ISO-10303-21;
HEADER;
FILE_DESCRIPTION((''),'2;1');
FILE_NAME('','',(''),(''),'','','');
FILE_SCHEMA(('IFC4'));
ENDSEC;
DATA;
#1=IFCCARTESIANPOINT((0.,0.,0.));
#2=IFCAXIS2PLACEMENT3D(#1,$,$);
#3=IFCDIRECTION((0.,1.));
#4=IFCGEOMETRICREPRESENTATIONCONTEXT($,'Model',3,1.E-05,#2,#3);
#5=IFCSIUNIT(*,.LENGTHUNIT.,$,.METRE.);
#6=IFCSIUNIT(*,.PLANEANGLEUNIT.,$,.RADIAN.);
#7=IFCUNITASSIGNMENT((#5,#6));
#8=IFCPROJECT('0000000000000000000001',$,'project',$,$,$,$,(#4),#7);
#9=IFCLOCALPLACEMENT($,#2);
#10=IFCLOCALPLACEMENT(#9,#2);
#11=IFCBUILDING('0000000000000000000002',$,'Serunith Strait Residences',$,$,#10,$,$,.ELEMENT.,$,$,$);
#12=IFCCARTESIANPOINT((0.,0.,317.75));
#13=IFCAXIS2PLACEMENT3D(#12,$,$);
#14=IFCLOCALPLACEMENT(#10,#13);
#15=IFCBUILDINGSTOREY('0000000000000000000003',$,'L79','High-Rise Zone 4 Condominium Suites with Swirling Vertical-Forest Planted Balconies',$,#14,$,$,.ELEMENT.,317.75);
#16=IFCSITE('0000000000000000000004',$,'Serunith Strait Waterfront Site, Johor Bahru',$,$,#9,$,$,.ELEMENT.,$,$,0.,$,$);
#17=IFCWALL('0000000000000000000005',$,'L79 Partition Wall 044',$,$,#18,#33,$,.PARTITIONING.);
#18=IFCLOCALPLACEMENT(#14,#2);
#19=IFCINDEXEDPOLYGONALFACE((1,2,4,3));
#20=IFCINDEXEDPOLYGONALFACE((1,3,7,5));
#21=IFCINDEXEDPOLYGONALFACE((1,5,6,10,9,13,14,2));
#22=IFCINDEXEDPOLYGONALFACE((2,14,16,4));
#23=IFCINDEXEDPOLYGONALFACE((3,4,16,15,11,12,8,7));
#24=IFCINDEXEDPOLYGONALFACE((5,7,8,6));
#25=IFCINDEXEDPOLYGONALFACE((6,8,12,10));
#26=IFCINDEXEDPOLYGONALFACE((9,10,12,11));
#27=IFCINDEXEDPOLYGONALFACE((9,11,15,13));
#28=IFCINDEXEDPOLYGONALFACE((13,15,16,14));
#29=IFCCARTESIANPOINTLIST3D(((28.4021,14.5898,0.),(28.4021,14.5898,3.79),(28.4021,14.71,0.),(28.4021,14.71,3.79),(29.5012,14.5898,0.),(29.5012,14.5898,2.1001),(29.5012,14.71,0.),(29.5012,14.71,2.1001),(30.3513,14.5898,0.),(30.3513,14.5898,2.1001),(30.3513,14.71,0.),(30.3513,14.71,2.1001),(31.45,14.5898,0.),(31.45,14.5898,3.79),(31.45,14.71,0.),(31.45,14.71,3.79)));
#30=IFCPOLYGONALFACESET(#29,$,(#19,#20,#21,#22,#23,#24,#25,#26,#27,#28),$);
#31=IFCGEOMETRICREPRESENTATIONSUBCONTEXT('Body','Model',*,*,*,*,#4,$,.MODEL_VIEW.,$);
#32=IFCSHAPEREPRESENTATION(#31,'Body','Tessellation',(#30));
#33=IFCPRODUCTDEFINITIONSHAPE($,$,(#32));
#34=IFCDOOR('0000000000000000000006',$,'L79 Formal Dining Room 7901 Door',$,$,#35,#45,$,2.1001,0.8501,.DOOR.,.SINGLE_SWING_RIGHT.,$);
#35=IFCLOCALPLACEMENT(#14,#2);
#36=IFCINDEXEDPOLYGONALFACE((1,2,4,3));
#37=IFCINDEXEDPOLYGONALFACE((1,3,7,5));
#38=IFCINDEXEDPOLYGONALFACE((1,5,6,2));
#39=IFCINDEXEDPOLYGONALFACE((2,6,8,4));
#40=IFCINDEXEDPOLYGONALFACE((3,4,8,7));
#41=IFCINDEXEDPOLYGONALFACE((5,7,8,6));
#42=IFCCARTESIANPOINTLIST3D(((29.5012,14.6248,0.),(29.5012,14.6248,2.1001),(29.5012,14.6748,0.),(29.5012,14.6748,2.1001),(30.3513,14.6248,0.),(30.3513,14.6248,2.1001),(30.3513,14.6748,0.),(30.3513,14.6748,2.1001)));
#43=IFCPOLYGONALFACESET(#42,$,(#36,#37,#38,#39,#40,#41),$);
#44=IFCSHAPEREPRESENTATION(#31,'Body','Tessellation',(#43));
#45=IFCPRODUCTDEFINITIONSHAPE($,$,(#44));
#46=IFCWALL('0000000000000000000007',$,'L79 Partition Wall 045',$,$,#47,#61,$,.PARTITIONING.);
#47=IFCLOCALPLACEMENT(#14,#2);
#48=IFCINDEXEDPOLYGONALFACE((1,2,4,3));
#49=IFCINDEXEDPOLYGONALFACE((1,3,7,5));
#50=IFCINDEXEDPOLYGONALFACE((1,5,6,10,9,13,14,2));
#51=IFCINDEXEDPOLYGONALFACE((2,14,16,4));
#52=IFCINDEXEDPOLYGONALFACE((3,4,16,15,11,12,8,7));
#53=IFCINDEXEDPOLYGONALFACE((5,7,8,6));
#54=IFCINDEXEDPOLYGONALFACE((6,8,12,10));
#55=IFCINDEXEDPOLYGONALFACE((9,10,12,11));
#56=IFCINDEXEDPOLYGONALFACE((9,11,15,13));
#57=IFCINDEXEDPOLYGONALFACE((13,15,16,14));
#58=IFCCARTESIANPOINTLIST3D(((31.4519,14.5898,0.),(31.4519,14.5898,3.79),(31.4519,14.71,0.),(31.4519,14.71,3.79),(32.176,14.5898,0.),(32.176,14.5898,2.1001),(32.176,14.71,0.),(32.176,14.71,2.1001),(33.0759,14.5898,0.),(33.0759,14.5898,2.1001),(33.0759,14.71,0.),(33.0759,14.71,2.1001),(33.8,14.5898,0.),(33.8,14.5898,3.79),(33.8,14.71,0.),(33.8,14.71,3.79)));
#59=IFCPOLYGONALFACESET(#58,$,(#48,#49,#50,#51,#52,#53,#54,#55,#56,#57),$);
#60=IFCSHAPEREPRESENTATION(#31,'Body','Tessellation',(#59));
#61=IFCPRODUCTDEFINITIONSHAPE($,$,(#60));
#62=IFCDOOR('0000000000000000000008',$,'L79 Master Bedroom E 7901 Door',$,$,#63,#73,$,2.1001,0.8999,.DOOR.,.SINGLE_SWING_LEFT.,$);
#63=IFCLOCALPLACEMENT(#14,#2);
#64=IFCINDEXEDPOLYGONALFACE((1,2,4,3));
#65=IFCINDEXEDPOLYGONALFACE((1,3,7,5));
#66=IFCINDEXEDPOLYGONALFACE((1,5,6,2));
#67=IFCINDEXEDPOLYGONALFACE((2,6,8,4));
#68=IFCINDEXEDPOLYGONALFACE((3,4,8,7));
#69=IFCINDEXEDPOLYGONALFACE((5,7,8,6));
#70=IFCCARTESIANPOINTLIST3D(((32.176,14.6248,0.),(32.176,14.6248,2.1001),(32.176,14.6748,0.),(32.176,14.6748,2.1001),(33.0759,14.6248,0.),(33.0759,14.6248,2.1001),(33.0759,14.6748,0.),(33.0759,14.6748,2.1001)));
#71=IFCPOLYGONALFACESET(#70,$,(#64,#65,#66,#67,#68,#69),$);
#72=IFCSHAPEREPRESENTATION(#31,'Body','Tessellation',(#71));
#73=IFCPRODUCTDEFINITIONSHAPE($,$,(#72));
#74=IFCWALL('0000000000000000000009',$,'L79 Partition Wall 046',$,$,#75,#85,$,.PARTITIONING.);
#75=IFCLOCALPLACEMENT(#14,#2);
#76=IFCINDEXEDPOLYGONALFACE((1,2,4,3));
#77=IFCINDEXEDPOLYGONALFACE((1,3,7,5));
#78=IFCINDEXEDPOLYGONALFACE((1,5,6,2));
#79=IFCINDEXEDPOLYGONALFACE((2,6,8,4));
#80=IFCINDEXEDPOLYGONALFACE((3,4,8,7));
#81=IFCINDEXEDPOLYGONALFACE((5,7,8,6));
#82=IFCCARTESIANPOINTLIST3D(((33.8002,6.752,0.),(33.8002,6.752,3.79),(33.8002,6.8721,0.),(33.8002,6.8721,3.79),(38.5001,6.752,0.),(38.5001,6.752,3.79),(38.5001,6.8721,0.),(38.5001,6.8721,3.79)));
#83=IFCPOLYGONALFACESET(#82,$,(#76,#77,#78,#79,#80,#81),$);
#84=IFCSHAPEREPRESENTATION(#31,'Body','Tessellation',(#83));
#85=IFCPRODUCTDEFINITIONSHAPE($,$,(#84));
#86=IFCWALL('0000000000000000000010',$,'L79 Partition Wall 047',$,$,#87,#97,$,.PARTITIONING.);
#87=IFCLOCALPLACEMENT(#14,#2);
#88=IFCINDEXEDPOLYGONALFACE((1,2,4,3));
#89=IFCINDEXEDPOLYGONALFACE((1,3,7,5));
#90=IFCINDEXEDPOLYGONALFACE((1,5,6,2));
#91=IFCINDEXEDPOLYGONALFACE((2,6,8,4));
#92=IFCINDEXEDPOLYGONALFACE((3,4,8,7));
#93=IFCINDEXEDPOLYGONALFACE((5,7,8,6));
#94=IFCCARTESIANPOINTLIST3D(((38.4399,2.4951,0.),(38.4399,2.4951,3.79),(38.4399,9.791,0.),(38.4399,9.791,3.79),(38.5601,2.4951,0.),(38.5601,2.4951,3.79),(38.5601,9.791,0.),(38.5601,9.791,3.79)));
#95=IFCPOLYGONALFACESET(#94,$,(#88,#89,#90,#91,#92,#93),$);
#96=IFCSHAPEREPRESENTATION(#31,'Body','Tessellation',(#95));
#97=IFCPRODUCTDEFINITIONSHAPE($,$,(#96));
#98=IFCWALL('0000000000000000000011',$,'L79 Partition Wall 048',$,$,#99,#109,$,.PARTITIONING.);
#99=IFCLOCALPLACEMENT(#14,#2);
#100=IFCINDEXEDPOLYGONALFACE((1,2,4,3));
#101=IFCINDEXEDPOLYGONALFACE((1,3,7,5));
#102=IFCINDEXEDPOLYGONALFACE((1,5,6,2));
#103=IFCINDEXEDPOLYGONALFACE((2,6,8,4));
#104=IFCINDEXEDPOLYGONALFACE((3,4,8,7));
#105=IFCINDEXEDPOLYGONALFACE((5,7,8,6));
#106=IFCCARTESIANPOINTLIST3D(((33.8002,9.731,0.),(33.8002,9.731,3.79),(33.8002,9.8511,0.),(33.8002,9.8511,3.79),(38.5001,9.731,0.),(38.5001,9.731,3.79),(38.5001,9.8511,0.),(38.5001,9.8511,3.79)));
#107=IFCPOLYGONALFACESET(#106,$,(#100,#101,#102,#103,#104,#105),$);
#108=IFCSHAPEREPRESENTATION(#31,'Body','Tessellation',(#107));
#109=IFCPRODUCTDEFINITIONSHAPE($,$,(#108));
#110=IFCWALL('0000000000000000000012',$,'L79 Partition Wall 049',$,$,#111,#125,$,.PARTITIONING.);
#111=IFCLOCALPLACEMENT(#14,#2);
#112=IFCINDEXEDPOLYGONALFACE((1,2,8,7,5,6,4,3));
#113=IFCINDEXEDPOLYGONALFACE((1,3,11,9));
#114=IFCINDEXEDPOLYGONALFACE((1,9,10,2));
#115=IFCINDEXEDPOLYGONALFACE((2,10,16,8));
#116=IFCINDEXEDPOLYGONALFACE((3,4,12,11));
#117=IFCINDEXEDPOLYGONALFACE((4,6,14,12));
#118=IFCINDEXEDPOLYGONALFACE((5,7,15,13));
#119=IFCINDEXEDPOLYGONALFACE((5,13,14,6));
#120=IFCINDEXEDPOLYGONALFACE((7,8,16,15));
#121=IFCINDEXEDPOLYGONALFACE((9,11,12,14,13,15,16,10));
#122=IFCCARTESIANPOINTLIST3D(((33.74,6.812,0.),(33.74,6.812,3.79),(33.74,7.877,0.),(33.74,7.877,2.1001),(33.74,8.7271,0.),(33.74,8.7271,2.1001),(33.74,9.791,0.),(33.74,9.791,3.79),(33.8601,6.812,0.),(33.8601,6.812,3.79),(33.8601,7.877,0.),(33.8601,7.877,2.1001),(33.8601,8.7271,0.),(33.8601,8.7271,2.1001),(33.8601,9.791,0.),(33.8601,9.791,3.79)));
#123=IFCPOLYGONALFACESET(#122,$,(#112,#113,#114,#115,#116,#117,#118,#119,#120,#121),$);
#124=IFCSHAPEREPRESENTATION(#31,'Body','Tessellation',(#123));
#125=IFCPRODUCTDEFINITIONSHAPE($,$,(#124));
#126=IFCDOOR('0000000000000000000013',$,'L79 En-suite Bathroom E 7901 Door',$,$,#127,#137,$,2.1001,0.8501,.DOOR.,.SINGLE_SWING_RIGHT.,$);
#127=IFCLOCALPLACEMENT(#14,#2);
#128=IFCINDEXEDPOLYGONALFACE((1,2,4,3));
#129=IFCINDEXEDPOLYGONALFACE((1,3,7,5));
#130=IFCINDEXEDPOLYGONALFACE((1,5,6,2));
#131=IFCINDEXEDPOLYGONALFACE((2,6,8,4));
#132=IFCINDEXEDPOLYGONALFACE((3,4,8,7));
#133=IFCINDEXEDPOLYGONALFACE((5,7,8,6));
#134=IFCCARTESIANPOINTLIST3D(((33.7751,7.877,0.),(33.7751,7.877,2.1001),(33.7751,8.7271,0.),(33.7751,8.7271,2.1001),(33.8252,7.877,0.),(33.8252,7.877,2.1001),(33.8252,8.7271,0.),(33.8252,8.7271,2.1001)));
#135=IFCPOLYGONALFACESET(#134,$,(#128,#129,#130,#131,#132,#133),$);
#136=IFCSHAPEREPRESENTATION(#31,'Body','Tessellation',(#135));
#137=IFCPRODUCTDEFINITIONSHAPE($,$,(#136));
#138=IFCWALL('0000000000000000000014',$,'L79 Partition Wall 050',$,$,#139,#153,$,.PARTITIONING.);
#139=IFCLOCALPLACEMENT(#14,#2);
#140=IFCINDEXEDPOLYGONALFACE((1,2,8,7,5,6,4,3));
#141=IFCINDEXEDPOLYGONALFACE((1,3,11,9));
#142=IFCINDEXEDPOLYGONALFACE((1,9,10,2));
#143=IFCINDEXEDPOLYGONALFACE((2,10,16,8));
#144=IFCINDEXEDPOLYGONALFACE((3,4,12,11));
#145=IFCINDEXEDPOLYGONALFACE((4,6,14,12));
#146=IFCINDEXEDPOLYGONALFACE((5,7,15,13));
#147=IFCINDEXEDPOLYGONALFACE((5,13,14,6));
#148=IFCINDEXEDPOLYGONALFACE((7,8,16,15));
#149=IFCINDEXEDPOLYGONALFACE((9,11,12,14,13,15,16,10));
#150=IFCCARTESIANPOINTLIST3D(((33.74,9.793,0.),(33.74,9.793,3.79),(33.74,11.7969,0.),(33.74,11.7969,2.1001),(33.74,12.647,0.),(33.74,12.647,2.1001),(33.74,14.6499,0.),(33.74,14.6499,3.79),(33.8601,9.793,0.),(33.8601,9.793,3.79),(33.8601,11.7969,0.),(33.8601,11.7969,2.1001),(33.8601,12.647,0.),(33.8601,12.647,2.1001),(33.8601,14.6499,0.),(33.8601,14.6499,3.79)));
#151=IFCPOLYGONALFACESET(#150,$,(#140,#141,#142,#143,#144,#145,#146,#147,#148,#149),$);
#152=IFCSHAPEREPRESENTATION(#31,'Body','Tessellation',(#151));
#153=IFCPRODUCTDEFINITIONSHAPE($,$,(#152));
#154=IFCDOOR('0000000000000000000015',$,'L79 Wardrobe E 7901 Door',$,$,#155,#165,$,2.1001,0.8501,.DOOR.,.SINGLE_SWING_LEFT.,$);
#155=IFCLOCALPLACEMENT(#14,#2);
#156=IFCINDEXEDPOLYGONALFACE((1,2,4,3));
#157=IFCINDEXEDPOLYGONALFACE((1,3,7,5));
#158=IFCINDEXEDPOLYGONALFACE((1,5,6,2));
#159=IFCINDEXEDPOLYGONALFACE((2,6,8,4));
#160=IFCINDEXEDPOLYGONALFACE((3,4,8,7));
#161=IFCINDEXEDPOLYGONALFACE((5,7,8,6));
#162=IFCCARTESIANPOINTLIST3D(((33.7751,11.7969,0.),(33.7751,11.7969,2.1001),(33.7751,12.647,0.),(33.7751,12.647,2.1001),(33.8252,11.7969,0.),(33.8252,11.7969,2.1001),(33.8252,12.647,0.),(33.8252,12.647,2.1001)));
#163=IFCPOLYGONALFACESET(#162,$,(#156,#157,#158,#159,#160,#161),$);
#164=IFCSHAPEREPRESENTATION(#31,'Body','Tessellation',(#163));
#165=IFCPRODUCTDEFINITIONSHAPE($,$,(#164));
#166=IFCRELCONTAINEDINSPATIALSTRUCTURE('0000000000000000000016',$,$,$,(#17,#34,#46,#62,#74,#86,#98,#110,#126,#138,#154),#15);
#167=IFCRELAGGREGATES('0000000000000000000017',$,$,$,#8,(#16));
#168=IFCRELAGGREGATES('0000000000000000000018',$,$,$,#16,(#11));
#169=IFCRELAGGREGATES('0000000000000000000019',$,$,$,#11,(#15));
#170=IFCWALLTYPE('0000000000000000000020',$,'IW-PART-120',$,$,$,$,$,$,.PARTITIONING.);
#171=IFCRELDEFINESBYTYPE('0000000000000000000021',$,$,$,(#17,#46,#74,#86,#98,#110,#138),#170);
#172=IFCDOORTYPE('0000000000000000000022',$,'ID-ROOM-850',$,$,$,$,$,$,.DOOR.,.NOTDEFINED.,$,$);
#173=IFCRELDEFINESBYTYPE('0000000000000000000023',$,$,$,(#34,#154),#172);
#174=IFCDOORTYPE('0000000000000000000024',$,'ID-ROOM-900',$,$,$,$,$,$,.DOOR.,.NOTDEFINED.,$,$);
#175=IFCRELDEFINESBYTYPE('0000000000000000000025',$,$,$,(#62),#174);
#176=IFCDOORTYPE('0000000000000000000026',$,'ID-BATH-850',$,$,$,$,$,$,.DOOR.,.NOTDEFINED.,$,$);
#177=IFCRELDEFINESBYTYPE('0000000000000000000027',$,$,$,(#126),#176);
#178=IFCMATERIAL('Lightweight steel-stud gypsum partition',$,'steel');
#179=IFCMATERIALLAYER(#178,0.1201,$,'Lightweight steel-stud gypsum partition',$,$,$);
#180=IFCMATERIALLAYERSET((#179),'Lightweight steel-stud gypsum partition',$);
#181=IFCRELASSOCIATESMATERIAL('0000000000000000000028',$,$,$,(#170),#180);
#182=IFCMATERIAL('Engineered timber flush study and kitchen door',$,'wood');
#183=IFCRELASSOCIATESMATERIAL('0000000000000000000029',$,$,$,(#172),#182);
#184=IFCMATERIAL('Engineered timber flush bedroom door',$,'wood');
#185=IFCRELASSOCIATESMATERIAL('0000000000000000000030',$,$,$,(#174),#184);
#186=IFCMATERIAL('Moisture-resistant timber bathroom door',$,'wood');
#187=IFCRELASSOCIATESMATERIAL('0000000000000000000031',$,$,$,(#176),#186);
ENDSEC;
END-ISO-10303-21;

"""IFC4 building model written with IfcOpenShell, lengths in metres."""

from ifc_helpers import new_model, si_unit, direction, frame, frame_2d, origin, place, context, subcontext, project, spatial, rectangle, extrude, source, transform, mapped, material, layer, layer_set, type_object, element, fill, save


model = new_model("IFC4")

# Units and contexts
model_context = context("Model", 3, precision=1e-05, world=origin(), true_north=direction((0.0, 1.0)))
body_context = subcontext(model_context, "Body", "Model", "MODEL_VIEW")
ifc_project = project(units=[si_unit("LENGTHUNIT", "METRE"), si_unit("PLANEANGLEUNIT", "RADIAN")], contexts=[model_context])

# Site, building, storey
site_placement = place(None, origin())
site = spatial("IfcSite", under=ifc_project, at=site_placement, Name="Serunith Strait Waterfront Site, Johor Bahru", CompositionType="ELEMENT", RefElevation=0.0)
building_placement = place(site_placement, origin())
building = spatial("IfcBuilding", under=site, at=building_placement, Name="Serunith Strait Residences", CompositionType="ELEMENT")
storey_placement = place(building_placement, frame((0.0, 0.0, 317.75)))
storey = spatial("IfcBuildingStorey", under=building, at=storey_placement, Name="L79", Description="High-Rise Zone 4 Condominium Suites with Swirling Vertical-Forest Planted Balconies", CompositionType="ELEMENT", Elevation=317.75)

# Shared definitions
ifc_material_1 = material(Name="Lightweight steel-stud gypsum partition", Category="steel")
ifc_layer_1 = layer(ifc_material_1, 0.1201, Name="Lightweight steel-stud gypsum partition")
ifc_layer_set_1 = layer_set([ifc_layer_1], Name="Lightweight steel-stud gypsum partition")
wall_type = type_object("IfcWallType", Name="IW-PART-120", PredefinedType="PARTITIONING", material=ifc_layer_set_1)

# Walls, openings, doors
wall_1_placement = place(storey_placement, frame((28.4021, 14.6499, 0.0), z_axis=(0.0, 0.0, 1.0), x_axis=(1.0, 0.0, 0.0)))
wall_1 = element("IfcWall", 1, at=wall_1_placement, inside=storey, type_object=wall_type, Name="L79 Partition Wall 044", PredefinedType="PARTITIONING", context=body_context, shape_type="SweptSolid", body=[
    extrude(rectangle(XDim=3.0479, YDim=0.1201, at=frame_2d((1.5239, 0.0))), origin(), (0.0, 0.0, 1.0), 3.79),
])
opening_1_placement = place(wall_1_placement, frame((1.0991, 0.0, 0.0)))
opening_1 = element("IfcOpeningElement", 2, at=opening_1_placement, cuts=wall_1, PredefinedType="OPENING", context=body_context, shape_type="SweptSolid", body=[
    extrude(rectangle(XDim=0.8501, YDim=2.1001, at=frame_2d((0.425, 1.05))), frame((0.0, 0.0701, 0.0), z_axis=(0.0, -1.0, 0.0), x_axis=(1.0, 0.0, 0.0)), (0.0, 0.0, 1.0), 0.1401),
])
ifc_material_2 = material(Name="Engineered timber flush study and kitchen door", Category="wood")
door_type_1 = type_object("IfcDoorType", Name="ID-ROOM-850", OperationType="NOTDEFINED", PredefinedType="DOOR", material=ifc_material_2)
shared_shape_1 = source(origin(), body_context, "Body", "SweptSolid", [
    extrude(rectangle(XDim=0.8501, YDim=2.1001, at=frame_2d((0.425, 1.05))), frame((0.0, 0.0249, 0.0), z_axis=(0.0, -1.0, 0.0), x_axis=(1.0, 0.0, 0.0)), (0.0, 0.0, 1.0), 0.05),
])
door_1_placement = place(opening_1_placement, origin())
door_1 = element("IfcDoor", 3, at=door_1_placement, inside=storey, type_object=door_type_1, Name="L79 Formal Dining Room 7901 Door", OperationType="SINGLE_SWING_RIGHT", OverallHeight=2.1001, OverallWidth=0.8501, PredefinedType="DOOR", context=body_context, shape_type="MappedRepresentation", body=[
    mapped(shared_shape_1, transform((0.0, 0.0, 0.0), scale=1.0)),
])
fill(opening_1, door_1)
wall_2_placement = place(storey_placement, frame((31.4519, 14.6499, 0.0), z_axis=(0.0, 0.0, 1.0), x_axis=(1.0, 0.0, 0.0)))
wall_2 = element("IfcWall", 4, at=wall_2_placement, inside=storey, type_object=wall_type, Name="L79 Partition Wall 045", PredefinedType="PARTITIONING", context=body_context, shape_type="SweptSolid", body=[
    extrude(rectangle(XDim=2.3481, YDim=0.1201, at=frame_2d((1.1741, 0.0))), origin(), (0.0, 0.0, 1.0), 3.79),
])
opening_2_placement = place(wall_2_placement, frame((0.7241, 0.0, 0.0)))
opening_2 = element("IfcOpeningElement", 5, at=opening_2_placement, cuts=wall_2, PredefinedType="OPENING", context=body_context, shape_type="SweptSolid", body=[
    extrude(rectangle(XDim=0.8999, YDim=2.1001, at=frame_2d((0.45, 1.05))), frame((0.0, 0.0701, 0.0), z_axis=(0.0, -1.0, 0.0), x_axis=(1.0, 0.0, 0.0)), (0.0, 0.0, 1.0), 0.1401),
])
ifc_material_3 = material(Name="Engineered timber flush bedroom door", Category="wood")
door_type_2 = type_object("IfcDoorType", Name="ID-ROOM-900", OperationType="NOTDEFINED", PredefinedType="DOOR", material=ifc_material_3)
shared_shape_2 = source(origin(), body_context, "Body", "SweptSolid", [
    extrude(rectangle(XDim=0.8999, YDim=2.1001, at=frame_2d((0.45, 1.05))), frame((0.0, 0.0249, 0.0), z_axis=(0.0, -1.0, 0.0), x_axis=(1.0, 0.0, 0.0)), (0.0, 0.0, 1.0), 0.05),
])
door_2_placement = place(opening_2_placement, origin())
door_2 = element("IfcDoor", 6, at=door_2_placement, inside=storey, type_object=door_type_2, Name="L79 Master Bedroom E 7901 Door", OperationType="SINGLE_SWING_LEFT", OverallHeight=2.1001, OverallWidth=0.8999, PredefinedType="DOOR", context=body_context, shape_type="MappedRepresentation", body=[
    mapped(shared_shape_2, transform((0.0, 0.0, 0.0), scale=1.0)),
])
fill(opening_2, door_2)

# Walls
wall_3_placement = place(storey_placement, frame((33.8, 6.812, 0.0), z_axis=(0.0, 0.0, 1.0), x_axis=(1.0, 0.0, 0.0)))
element("IfcWall", 7, at=wall_3_placement, inside=storey, type_object=wall_type, Name="L79 Partition Wall 046", PredefinedType="PARTITIONING", context=body_context, shape_type="SweptSolid", body=[
    extrude(rectangle(XDim=4.7, YDim=0.1201, at=frame_2d((2.3501, 0.0))), origin(), (0.0, 0.0, 1.0), 3.79),
])
wall_4_placement = place(storey_placement, frame((38.5, 2.4951, 0.0), z_axis=(0.0, 0.0, 1.0), x_axis=(0.0, 1.0, 0.0)))
element("IfcWall", 8, at=wall_4_placement, inside=storey, type_object=wall_type, Name="L79 Partition Wall 047", PredefinedType="PARTITIONING", context=body_context, shape_type="SweptSolid", body=[
    extrude(rectangle(XDim=7.2959, YDim=0.1201, at=frame_2d((3.6479, 0.0))), origin(), (0.0, 0.0, 1.0), 3.79),
])
wall_5_placement = place(storey_placement, frame((33.8, 9.791, 0.0), z_axis=(0.0, 0.0, 1.0), x_axis=(1.0, 0.0, 0.0)))
element("IfcWall", 9, at=wall_5_placement, inside=storey, type_object=wall_type, Name="L79 Partition Wall 048", PredefinedType="PARTITIONING", context=body_context, shape_type="SweptSolid", body=[
    extrude(rectangle(XDim=4.7, YDim=0.1201, at=frame_2d((2.3501, 0.0))), origin(), (0.0, 0.0, 1.0), 3.79),
])

# Walls, openings, doors
wall_6_placement = place(storey_placement, frame((33.8, 6.812, 0.0), z_axis=(0.0, 0.0, 1.0), x_axis=(0.0, 1.0, 0.0)))
wall_6 = element("IfcWall", 10, at=wall_6_placement, inside=storey, type_object=wall_type, Name="L79 Partition Wall 049", PredefinedType="PARTITIONING", context=body_context, shape_type="SweptSolid", body=[
    extrude(rectangle(XDim=2.979, YDim=0.1201, at=frame_2d((1.4895, 0.0))), origin(), (0.0, 0.0, 1.0), 3.79),
])
opening_3_placement = place(wall_6_placement, frame((1.0649, 0.0, 0.0)))
opening_3 = element("IfcOpeningElement", 11, at=opening_3_placement, cuts=wall_6, PredefinedType="OPENING", context=body_context, shape_type="SweptSolid", body=[
    extrude(rectangle(XDim=0.8501, YDim=2.1001, at=frame_2d((0.425, 1.05))), frame((0.0, 0.0701, 0.0), z_axis=(0.0, -1.0, 0.0), x_axis=(1.0, 0.0, 0.0)), (0.0, 0.0, 1.0), 0.1401),
])
ifc_material_4 = material(Name="Moisture-resistant timber bathroom door", Category="wood")
door_type_3 = type_object("IfcDoorType", Name="ID-BATH-850", OperationType="NOTDEFINED", PredefinedType="DOOR", material=ifc_material_4)
door_3_placement = place(opening_3_placement, origin())
door_3 = element("IfcDoor", 12, at=door_3_placement, inside=storey, type_object=door_type_3, Name="L79 En-suite Bathroom E 7901 Door", OperationType="SINGLE_SWING_RIGHT", OverallHeight=2.1001, OverallWidth=0.8501, PredefinedType="DOOR", context=body_context, shape_type="MappedRepresentation", body=[
    mapped(shared_shape_1, transform((0.0, 0.0, 0.0), scale=1.0)),
])
fill(opening_3, door_3)
wall_7_placement = place(storey_placement, frame((33.8, 9.793, 0.0), z_axis=(0.0, 0.0, 1.0), x_axis=(0.0, 1.0, 0.0)))
wall_7 = element("IfcWall", 13, at=wall_7_placement, inside=storey, type_object=wall_type, Name="L79 Partition Wall 050", PredefinedType="PARTITIONING", context=body_context, shape_type="SweptSolid", body=[
    extrude(rectangle(XDim=4.8569, YDim=0.1201, at=frame_2d((2.4285, 0.0))), origin(), (0.0, 0.0, 1.0), 3.79),
])
opening_4_placement = place(wall_7_placement, frame((2.0039, 0.0, 0.0)))
opening_4 = element("IfcOpeningElement", 14, at=opening_4_placement, cuts=wall_7, PredefinedType="OPENING", context=body_context, shape_type="SweptSolid", body=[
    extrude(rectangle(XDim=0.8501, YDim=2.1001, at=frame_2d((0.425, 1.05))), frame((0.0, 0.0701, 0.0), z_axis=(0.0, -1.0, 0.0), x_axis=(1.0, 0.0, 0.0)), (0.0, 0.0, 1.0), 0.1401),
])
door_4_placement = place(opening_4_placement, origin())
door_4 = element("IfcDoor", 15, at=door_4_placement, inside=storey, type_object=door_type_1, Name="L79 Wardrobe E 7901 Door", OperationType="SINGLE_SWING_LEFT", OverallHeight=2.1001, OverallWidth=0.8501, PredefinedType="DOOR", context=body_context, shape_type="MappedRepresentation", body=[
    mapped(shared_shape_1, transform((0.0, 0.0, 0.0), scale=1.0)),
])
fill(opening_4, door_4)

save(model, "model.ifc")
